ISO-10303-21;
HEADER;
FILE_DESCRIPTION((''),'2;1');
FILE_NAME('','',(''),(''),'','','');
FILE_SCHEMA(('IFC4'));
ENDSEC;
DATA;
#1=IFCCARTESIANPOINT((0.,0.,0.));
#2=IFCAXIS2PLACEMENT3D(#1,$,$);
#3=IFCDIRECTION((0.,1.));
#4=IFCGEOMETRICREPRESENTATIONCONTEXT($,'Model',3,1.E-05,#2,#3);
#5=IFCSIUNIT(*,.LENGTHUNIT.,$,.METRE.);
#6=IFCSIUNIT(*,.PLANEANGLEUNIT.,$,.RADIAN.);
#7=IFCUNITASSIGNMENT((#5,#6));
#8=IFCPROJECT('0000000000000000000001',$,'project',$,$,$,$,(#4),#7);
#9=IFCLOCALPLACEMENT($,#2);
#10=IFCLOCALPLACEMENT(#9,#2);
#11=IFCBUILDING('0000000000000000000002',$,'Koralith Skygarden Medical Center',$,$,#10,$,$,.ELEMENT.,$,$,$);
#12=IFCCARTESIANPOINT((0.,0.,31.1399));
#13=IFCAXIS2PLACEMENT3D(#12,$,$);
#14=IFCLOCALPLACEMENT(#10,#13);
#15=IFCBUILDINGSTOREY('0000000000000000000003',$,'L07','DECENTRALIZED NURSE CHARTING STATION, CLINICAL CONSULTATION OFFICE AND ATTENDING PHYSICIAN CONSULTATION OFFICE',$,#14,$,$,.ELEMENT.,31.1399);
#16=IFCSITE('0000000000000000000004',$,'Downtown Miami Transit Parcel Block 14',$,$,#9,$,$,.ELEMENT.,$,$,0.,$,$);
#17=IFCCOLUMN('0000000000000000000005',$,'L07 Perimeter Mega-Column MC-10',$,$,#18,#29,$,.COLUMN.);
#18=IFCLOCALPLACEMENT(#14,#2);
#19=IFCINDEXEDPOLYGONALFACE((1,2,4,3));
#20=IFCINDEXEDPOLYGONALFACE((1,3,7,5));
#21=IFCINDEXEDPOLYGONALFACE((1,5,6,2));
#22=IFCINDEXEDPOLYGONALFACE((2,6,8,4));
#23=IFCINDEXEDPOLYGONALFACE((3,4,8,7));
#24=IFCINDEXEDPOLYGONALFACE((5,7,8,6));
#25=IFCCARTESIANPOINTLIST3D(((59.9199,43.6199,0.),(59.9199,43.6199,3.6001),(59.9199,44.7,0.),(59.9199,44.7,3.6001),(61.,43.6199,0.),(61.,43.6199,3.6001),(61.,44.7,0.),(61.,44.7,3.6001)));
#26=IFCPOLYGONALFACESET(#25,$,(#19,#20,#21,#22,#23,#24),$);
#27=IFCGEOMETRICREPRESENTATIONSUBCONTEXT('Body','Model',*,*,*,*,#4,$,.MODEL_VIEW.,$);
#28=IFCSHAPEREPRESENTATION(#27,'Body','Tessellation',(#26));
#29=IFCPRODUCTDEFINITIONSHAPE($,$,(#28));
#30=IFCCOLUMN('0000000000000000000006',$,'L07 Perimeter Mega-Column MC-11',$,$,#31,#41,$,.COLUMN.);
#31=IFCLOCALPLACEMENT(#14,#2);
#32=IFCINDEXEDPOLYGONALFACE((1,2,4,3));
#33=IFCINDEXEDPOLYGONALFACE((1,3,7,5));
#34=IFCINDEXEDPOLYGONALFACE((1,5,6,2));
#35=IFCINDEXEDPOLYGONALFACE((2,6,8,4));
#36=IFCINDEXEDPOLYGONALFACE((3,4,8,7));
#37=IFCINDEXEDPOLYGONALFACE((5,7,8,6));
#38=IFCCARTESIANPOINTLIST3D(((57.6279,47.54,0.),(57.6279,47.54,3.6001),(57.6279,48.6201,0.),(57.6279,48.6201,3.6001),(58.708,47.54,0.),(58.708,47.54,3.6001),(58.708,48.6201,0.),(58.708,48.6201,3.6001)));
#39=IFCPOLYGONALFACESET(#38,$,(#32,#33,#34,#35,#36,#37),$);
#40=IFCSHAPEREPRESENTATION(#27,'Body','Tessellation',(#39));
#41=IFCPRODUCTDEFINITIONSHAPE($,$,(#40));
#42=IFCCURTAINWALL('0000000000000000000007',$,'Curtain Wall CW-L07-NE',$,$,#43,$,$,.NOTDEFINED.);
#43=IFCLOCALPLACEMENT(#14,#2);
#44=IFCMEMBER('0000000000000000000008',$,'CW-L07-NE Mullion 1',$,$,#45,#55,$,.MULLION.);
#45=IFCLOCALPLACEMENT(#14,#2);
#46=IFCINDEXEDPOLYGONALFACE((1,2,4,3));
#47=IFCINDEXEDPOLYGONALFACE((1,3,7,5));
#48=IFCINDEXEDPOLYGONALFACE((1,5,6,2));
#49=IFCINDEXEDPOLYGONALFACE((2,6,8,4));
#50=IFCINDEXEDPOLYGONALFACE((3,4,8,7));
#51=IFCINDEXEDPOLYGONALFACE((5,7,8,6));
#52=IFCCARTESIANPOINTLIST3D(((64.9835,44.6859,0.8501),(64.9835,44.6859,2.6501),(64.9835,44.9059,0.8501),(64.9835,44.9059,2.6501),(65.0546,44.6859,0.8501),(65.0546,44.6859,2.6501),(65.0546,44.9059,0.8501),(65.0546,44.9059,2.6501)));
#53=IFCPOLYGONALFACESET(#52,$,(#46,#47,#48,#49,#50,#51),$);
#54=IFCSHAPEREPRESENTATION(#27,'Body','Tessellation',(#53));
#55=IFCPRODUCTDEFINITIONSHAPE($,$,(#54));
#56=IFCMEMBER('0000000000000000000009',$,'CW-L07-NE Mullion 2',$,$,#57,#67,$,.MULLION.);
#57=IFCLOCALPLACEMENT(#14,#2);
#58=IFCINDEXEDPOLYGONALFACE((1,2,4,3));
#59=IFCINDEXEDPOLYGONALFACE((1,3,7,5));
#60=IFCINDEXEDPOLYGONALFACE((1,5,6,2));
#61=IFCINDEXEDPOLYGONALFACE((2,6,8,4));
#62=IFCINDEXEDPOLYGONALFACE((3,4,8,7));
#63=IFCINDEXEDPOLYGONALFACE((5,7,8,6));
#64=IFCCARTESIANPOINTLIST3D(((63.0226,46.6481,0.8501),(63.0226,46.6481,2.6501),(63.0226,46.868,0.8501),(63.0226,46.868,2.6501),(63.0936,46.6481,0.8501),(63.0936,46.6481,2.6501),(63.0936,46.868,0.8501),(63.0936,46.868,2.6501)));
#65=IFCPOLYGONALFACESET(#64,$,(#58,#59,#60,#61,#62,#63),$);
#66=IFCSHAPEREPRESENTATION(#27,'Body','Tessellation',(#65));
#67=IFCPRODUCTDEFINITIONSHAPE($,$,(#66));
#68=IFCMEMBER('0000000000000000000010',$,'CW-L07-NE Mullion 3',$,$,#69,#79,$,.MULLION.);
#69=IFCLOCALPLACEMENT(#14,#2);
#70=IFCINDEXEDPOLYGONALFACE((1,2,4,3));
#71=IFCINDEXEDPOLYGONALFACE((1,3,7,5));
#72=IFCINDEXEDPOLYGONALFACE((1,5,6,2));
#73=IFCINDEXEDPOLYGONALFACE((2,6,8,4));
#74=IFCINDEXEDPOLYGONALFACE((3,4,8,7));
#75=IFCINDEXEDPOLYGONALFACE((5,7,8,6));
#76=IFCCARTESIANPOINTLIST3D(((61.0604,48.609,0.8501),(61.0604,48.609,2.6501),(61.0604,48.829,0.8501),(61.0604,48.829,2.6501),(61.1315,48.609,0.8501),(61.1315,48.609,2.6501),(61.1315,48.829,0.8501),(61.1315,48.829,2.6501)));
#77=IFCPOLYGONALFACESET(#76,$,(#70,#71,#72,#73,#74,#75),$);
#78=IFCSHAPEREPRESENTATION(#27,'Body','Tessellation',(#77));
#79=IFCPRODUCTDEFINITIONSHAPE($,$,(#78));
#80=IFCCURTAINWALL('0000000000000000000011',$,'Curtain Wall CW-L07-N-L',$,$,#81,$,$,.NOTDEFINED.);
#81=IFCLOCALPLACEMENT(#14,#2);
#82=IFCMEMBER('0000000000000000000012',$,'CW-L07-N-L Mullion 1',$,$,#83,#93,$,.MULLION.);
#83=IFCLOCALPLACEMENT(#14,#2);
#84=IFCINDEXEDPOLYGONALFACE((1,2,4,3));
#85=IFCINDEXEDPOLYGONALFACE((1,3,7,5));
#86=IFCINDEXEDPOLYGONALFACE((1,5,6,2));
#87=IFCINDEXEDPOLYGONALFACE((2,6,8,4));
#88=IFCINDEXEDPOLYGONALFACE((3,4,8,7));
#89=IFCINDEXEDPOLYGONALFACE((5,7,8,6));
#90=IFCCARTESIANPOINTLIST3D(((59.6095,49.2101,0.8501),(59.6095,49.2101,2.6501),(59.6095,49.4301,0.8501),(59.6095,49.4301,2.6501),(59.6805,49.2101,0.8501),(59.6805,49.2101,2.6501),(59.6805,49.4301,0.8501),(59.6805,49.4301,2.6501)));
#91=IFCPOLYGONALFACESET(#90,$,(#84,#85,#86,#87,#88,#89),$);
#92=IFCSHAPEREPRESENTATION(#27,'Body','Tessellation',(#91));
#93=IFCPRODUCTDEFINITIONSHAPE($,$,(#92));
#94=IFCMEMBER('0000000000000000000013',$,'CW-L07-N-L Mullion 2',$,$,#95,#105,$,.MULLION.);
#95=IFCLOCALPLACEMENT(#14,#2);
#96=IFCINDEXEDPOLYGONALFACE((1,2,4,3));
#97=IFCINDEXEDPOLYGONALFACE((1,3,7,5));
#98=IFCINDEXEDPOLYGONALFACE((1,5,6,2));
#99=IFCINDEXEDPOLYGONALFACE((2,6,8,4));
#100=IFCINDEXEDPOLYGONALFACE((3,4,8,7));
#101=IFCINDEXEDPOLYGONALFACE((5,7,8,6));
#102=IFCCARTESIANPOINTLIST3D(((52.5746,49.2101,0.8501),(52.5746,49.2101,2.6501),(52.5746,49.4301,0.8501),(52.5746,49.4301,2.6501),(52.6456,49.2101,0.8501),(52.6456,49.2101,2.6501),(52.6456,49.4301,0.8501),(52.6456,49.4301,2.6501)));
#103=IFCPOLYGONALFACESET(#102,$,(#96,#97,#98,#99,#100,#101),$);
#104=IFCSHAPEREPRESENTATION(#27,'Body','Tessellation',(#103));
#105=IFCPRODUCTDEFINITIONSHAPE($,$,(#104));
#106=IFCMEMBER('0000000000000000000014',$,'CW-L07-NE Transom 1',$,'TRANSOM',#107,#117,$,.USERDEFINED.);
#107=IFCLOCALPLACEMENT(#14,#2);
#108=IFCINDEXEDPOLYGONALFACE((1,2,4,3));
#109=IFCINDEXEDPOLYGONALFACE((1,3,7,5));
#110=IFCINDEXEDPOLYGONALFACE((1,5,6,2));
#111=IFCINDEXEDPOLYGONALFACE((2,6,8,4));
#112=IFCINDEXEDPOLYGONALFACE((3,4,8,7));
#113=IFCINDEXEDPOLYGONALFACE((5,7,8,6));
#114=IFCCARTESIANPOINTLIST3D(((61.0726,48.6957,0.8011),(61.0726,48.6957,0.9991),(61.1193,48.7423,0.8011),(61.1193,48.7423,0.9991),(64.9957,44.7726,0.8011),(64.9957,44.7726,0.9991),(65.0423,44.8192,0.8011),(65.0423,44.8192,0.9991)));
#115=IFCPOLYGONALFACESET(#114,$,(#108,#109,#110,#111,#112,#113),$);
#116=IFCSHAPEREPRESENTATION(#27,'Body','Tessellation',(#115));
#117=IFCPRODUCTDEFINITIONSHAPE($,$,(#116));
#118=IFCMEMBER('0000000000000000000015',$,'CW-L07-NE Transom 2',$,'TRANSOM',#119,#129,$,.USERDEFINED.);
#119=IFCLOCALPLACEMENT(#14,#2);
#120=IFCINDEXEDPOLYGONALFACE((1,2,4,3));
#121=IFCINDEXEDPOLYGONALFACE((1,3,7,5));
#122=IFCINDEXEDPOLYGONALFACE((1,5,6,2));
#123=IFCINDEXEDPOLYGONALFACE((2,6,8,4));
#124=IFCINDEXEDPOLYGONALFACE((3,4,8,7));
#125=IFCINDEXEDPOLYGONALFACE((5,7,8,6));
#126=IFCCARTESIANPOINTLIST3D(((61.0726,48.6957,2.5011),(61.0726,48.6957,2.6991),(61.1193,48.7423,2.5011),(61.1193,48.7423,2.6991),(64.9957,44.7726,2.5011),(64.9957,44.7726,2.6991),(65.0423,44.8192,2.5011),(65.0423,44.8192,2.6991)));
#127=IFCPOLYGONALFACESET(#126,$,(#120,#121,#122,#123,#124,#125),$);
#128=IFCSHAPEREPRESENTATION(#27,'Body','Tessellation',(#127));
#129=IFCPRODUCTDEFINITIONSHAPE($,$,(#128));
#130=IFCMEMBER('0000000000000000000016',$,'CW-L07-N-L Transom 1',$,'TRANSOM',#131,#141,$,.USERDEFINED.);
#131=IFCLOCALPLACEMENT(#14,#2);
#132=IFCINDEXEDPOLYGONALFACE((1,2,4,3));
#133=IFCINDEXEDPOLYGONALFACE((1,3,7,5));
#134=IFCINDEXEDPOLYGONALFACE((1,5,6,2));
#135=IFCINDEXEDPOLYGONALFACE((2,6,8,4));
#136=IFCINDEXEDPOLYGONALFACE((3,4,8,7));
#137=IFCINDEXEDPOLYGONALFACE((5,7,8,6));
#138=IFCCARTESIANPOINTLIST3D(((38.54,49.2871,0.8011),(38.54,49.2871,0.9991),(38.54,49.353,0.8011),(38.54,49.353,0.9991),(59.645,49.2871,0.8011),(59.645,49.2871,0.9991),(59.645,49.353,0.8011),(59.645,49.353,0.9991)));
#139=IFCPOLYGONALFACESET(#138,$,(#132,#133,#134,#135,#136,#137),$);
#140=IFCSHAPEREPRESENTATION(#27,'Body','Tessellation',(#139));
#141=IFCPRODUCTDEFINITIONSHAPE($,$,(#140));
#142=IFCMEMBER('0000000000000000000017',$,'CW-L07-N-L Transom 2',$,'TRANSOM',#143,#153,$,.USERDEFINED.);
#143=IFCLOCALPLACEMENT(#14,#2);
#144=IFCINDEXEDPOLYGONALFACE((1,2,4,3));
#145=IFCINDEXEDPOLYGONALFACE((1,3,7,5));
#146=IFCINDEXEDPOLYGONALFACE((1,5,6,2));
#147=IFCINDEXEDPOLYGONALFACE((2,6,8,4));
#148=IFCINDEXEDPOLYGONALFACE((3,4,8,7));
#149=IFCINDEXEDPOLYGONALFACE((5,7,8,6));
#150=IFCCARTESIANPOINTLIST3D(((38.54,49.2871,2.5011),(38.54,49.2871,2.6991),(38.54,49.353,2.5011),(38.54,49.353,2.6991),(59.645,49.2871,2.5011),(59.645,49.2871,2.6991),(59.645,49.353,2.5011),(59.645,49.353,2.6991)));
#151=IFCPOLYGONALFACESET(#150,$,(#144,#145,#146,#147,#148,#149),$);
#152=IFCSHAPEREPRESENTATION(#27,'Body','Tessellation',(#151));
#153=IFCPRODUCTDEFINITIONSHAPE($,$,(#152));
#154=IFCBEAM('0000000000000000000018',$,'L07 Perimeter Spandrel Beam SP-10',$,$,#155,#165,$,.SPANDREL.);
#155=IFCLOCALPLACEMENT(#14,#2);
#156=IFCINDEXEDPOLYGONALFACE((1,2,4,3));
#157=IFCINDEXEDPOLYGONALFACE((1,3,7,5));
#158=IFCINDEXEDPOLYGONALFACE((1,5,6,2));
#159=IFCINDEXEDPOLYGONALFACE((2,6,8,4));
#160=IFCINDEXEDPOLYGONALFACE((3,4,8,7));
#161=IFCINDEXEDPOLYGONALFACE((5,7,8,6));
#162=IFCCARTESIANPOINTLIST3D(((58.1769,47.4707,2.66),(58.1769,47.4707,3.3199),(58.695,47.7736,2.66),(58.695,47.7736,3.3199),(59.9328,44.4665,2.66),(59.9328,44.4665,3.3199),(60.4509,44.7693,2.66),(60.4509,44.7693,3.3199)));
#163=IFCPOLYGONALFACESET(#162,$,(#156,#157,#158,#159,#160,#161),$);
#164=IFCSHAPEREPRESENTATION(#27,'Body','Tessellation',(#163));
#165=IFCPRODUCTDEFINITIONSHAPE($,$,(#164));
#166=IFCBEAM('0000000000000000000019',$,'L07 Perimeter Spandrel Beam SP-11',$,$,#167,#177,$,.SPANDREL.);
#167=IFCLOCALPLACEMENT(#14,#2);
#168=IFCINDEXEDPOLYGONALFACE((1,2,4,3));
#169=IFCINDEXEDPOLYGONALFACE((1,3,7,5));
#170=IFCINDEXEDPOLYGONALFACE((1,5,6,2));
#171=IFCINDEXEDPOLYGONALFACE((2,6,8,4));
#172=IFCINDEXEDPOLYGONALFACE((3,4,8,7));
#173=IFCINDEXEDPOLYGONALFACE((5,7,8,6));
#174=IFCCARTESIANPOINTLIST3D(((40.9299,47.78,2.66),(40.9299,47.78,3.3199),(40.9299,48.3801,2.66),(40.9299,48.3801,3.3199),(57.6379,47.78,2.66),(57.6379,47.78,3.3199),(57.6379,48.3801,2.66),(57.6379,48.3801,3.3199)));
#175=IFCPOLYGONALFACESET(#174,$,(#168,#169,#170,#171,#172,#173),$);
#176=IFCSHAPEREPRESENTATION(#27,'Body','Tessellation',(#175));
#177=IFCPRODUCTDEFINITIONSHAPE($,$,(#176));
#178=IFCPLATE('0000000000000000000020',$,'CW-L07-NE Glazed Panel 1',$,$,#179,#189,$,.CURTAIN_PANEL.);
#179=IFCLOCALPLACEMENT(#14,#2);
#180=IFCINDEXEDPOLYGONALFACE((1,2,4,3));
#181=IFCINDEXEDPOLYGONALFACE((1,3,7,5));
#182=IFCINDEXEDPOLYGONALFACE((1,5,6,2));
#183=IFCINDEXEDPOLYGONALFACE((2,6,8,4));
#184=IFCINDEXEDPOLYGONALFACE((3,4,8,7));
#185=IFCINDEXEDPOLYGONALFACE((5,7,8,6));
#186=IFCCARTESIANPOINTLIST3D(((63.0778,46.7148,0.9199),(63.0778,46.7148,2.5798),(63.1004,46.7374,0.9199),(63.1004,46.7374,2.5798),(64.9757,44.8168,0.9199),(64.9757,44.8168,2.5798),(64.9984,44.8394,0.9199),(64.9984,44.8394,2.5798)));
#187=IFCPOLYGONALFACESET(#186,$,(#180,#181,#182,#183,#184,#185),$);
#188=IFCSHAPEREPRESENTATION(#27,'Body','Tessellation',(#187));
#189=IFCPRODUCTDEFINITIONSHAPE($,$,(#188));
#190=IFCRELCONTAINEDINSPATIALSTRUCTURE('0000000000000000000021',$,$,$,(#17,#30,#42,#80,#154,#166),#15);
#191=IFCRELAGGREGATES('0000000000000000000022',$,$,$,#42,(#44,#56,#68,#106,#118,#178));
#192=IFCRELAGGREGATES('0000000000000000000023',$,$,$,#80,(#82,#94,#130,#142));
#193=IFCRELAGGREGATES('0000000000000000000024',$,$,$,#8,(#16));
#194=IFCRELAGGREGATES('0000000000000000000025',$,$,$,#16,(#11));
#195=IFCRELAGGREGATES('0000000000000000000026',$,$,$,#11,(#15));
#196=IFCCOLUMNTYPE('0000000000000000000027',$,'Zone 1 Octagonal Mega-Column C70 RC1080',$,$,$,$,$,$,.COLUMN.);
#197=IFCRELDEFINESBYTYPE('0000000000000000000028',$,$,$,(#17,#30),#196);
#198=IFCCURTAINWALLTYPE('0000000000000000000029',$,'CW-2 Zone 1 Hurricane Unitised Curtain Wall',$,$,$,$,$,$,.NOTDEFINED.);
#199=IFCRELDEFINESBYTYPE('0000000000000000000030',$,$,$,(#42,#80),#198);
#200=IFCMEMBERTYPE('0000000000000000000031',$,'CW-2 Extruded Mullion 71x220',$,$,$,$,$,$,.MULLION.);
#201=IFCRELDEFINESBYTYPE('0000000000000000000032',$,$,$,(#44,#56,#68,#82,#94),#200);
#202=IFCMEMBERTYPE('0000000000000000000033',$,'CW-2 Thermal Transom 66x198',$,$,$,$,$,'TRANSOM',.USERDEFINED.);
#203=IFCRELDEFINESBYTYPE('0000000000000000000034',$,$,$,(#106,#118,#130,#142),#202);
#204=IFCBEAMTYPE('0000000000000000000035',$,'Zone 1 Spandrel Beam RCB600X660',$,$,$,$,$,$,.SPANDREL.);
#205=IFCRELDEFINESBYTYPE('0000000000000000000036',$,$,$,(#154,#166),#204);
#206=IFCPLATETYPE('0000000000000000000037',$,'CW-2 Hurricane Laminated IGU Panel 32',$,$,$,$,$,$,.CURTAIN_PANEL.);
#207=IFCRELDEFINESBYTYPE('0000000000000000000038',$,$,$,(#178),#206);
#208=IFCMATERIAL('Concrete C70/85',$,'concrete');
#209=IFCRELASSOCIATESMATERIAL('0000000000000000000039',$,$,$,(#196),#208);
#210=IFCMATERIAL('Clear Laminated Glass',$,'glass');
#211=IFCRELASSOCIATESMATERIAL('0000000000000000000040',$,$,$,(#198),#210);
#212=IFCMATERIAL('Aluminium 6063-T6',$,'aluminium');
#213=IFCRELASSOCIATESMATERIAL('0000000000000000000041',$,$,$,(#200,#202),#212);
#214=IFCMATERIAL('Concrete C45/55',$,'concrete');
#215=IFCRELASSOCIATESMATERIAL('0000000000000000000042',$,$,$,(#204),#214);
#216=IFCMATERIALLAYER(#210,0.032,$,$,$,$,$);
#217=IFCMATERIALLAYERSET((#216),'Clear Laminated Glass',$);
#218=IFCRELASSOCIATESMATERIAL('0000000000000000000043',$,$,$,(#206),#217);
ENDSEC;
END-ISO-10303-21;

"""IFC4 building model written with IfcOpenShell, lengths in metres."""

from ifc_helpers import new_model, si_unit, direction, frame, origin, origin_2d, place, context, subcontext, project, spatial, rectangle, extrude, material, layer, layer_set, material_profile, profile_set, type_object, element, aggregate, save


model = new_model("IFC4")

# Units and contexts
model_context = context("Model", 3, precision=1e-05, world=origin(), true_north=direction((0.0, 1.0)))
body_context = subcontext(model_context, "Body", "Model", "MODEL_VIEW")
ifc_project = project(units=[si_unit("LENGTHUNIT", "METRE"), si_unit("PLANEANGLEUNIT", "RADIAN")], contexts=[model_context])

# Site, building, storey
site_placement = place(None, origin())
site = spatial("IfcSite", under=ifc_project, at=site_placement, Name="Downtown Miami Transit Parcel Block 14", CompositionType="ELEMENT", RefElevation=0.0)
building_placement = place(site_placement, origin())
building = spatial("IfcBuilding", under=site, at=building_placement, Name="Koralith Skygarden Medical Center", CompositionType="ELEMENT")
storey_placement = place(building_placement, frame((0.0, 0.0, 31.1399)))
storey = spatial("IfcBuildingStorey", under=building, at=storey_placement, Name="L07", Description="DECENTRALIZED NURSE CHARTING STATION, CLINICAL CONSULTATION OFFICE AND ATTENDING PHYSICIAN CONSULTATION OFFICE", CompositionType="ELEMENT", Elevation=31.1399)

# Columns
ifc_material_1 = material(Name="Concrete C70/85", Category="concrete")
ifc_material_profile_1 = material_profile(ifc_material_1, rectangle(XDim=1.0801, YDim=1.0801, at=origin_2d()), Name="RC1080X1080")
ifc_profile_set_1 = profile_set([ifc_material_profile_1], Name="Concrete C70/85")
column_type = type_object("IfcColumnType", Name="Zone 1 Octagonal Mega-Column C70 RC1080", PredefinedType="COLUMN", material=ifc_profile_set_1)
for number, where, z_axis, x_axis, name in (
    (1, (60.46, 44.1599, 0.0), (0.0, 0.0, 1.0), (1.0, 0.0, 0.0), "L07 Perimeter Mega-Column MC-10"),
    (2, (58.168, 48.0801, 0.0), (0.0, 0.0, 1.0), (1.0, 0.0, 0.0), "L07 Perimeter Mega-Column MC-11"),
):
    element("IfcColumn", number, at=place(storey_placement, frame(where, z_axis=z_axis, x_axis=x_axis)), inside=storey, type_object=column_type, Name=name, PredefinedType="COLUMN", context=body_context, shape_type="SweptSolid", body=[
        extrude(rectangle(XDim=1.0801, YDim=1.0801, at=origin_2d()), origin(), (0.0, 0.0, 1.0), 3.6001),
    ])

# Curtain walls, members
ifc_material_2 = material(Name="Clear Laminated Glass", Category="glass")
curtain_wall_type = type_object("IfcCurtainWallType", Name="CW-2 Zone 1 Hurricane Unitised Curtain Wall", PredefinedType="NOTDEFINED", material=ifc_material_2)
curtain_wall_1_placement = place(storey_placement, origin())
curtain_wall_1 = element("IfcCurtainWall", 3, at=curtain_wall_1_placement, inside=storey, type_object=curtain_wall_type, Name="Curtain Wall CW-L07-NE", PredefinedType="NOTDEFINED")
ifc_material_3 = material(Name="Aluminium 6063-T6", Category="aluminium")
ifc_material_profile_2 = material_profile(ifc_material_3, rectangle(XDim=0.071, YDim=0.22, at=origin_2d()), Name="MUL71X220")
ifc_profile_set_2 = profile_set([ifc_material_profile_2], Name="Aluminium 6063-T6")
member_type_1 = type_object("IfcMemberType", Name="CW-2 Extruded Mullion 71x220", PredefinedType="MULLION", material=ifc_profile_set_2)
member_1_placement = place(storey_placement, frame((65.019, 44.7959, 0.8501), z_axis=(0.0, 0.0, 1.0), x_axis=(1.0, 0.0, 0.0)))
member_1 = element("IfcMember", 4, at=member_1_placement, type_object=member_type_1, Name="CW-L07-NE Mullion 1", PredefinedType="MULLION", context=body_context, shape_type="SweptSolid", body=[
    extrude(rectangle(XDim=0.071, YDim=0.22, at=origin_2d()), origin(), (0.0, 0.0, 1.0), 1.8),
])
member_2_placement = place(storey_placement, frame((63.0581, 46.7581, 0.8501), z_axis=(0.0, 0.0, 1.0), x_axis=(1.0, 0.0, 0.0)))
member_2 = element("IfcMember", 5, at=member_2_placement, type_object=member_type_1, Name="CW-L07-NE Mullion 2", PredefinedType="MULLION", context=body_context, shape_type="SweptSolid", body=[
    extrude(rectangle(XDim=0.071, YDim=0.22, at=origin_2d()), origin(), (0.0, 0.0, 1.0), 1.8),
])
member_3_placement = place(storey_placement, frame((61.0959, 48.719, 0.8501), z_axis=(0.0, 0.0, 1.0), x_axis=(1.0, 0.0, 0.0)))
member_3 = element("IfcMember", 6, at=member_3_placement, type_object=member_type_1, Name="CW-L07-NE Mullion 3", PredefinedType="MULLION", context=body_context, shape_type="SweptSolid", body=[
    extrude(rectangle(XDim=0.071, YDim=0.22, at=origin_2d()), origin(), (0.0, 0.0, 1.0), 1.8),
])
curtain_wall_2_placement = place(storey_placement, origin())
curtain_wall_2 = element("IfcCurtainWall", 7, at=curtain_wall_2_placement, inside=storey, type_object=curtain_wall_type, Name="Curtain Wall CW-L07-N-L", PredefinedType="NOTDEFINED")
member_4_placement = place(storey_placement, frame((59.645, 49.3201, 0.8501), z_axis=(0.0, 0.0, 1.0), x_axis=(1.0, 0.0, 0.0)))
member_4 = element("IfcMember", 8, at=member_4_placement, type_object=member_type_1, Name="CW-L07-N-L Mullion 1", PredefinedType="MULLION", context=body_context, shape_type="SweptSolid", body=[
    extrude(rectangle(XDim=0.071, YDim=0.22, at=origin_2d()), origin(), (0.0, 0.0, 1.0), 1.8),
])
member_5_placement = place(storey_placement, frame((52.6101, 49.3201, 0.8501), z_axis=(0.0, 0.0, 1.0), x_axis=(1.0, 0.0, 0.0)))
member_5 = element("IfcMember", 9, at=member_5_placement, type_object=member_type_1, Name="CW-L07-N-L Mullion 2", PredefinedType="MULLION", context=body_context, shape_type="SweptSolid", body=[
    extrude(rectangle(XDim=0.071, YDim=0.22, at=origin_2d()), origin(), (0.0, 0.0, 1.0), 1.8),
])

# Members
ifc_material_profile_3 = material_profile(ifc_material_3, rectangle(XDim=0.0659, YDim=0.198, at=origin_2d()), Name="TRN66X198")
ifc_profile_set_3 = profile_set([ifc_material_profile_3], Name="Aluminium 6063-T6")
member_type_2 = type_object("IfcMemberType", Name="CW-2 Thermal Transom 66x198", ElementType="TRANSOM", PredefinedType="USERDEFINED", material=ifc_profile_set_3)
member_6_placement = place(storey_placement, frame((65.019, 44.7959, 0.9001), z_axis=(-0.707107, 0.707107, 0.0), x_axis=(-0.707107, -0.707107, 0.0)))
member_6 = element("IfcMember", 10, at=member_6_placement, type_object=member_type_2, Name="CW-L07-NE Transom 1", ObjectType="TRANSOM", PredefinedType="USERDEFINED", context=body_context, shape_type="SweptSolid", body=[
    extrude(rectangle(XDim=0.0659, YDim=0.198, at=origin_2d()), origin(), (0.0, 0.0, 1.0), 5.5481),
])
member_7_placement = place(storey_placement, frame((65.019, 44.7959, 2.6001), z_axis=(-0.707107, 0.707107, 0.0), x_axis=(-0.707107, -0.707107, 0.0)))
member_7 = element("IfcMember", 11, at=member_7_placement, type_object=member_type_2, Name="CW-L07-NE Transom 2", ObjectType="TRANSOM", PredefinedType="USERDEFINED", context=body_context, shape_type="SweptSolid", body=[
    extrude(rectangle(XDim=0.0659, YDim=0.198, at=origin_2d()), origin(), (0.0, 0.0, 1.0), 5.5481),
])
member_8_placement = place(storey_placement, frame((59.645, 49.3201, 0.9001), z_axis=(-1.0, 0.0, 0.0), x_axis=(0.0, -1.0, 0.0)))
member_8 = element("IfcMember", 12, at=member_8_placement, type_object=member_type_2, Name="CW-L07-N-L Transom 1", ObjectType="TRANSOM", PredefinedType="USERDEFINED", context=body_context, shape_type="SweptSolid", body=[
    extrude(rectangle(XDim=0.0659, YDim=0.198, at=origin_2d()), origin(), (0.0, 0.0, 1.0), 21.105),
])
member_9_placement = place(storey_placement, frame((59.645, 49.3201, 2.6001), z_axis=(-1.0, 0.0, 0.0), x_axis=(0.0, -1.0, 0.0)))
member_9 = element("IfcMember", 13, at=member_9_placement, type_object=member_type_2, Name="CW-L07-N-L Transom 2", ObjectType="TRANSOM", PredefinedType="USERDEFINED", context=body_context, shape_type="SweptSolid", body=[
    extrude(rectangle(XDim=0.0659, YDim=0.198, at=origin_2d()), origin(), (0.0, 0.0, 1.0), 21.105),
])

# Beams
ifc_material_4 = material(Name="Concrete C45/55", Category="concrete")
ifc_material_profile_4 = material_profile(ifc_material_4, rectangle(XDim=0.6001, YDim=0.6599, at=origin_2d()), Name="RCB600X660")
ifc_profile_set_4 = profile_set([ifc_material_profile_4], Name="Concrete C45/55")
beam_type = type_object("IfcBeamType", Name="Zone 1 Spandrel Beam RCB600X660", PredefinedType="SPANDREL", material=ifc_profile_set_4)
beam_1_placement = place(storey_placement, frame((60.1919, 44.6179, 2.99), z_axis=(-0.504608, 0.863349, 0.0), x_axis=(-0.863349, -0.504608, 0.0)))
element("IfcBeam", 14, at=beam_1_placement, inside=storey, type_object=beam_type, Name="L07 Perimeter Spandrel Beam SP-10", PredefinedType="SPANDREL", context=body_context, shape_type="SweptSolid", body=[
    extrude(rectangle(XDim=0.6001, YDim=0.6599, at=origin_2d()), origin(), (0.0, 0.0, 1.0), 3.4797),
])
beam_2_placement = place(storey_placement, frame((57.6379, 48.0801, 2.99), z_axis=(-1.0, 0.0, 0.0), x_axis=(0.0, -1.0, 0.0)))
element("IfcBeam", 15, at=beam_2_placement, inside=storey, type_object=beam_type, Name="L07 Perimeter Spandrel Beam SP-11", PredefinedType="SPANDREL", context=body_context, shape_type="SweptSolid", body=[
    extrude(rectangle(XDim=0.6001, YDim=0.6599, at=origin_2d()), origin(), (0.0, 0.0, 1.0), 16.708),
])

# Plate
ifc_layer_1 = layer(ifc_material_2, 0.032)
ifc_layer_set_1 = layer_set([ifc_layer_1], Name="Clear Laminated Glass")
plate_type_1 = type_object("IfcPlateType", Name="CW-2 Hurricane Laminated IGU Panel 32", PredefinedType="CURTAIN_PANEL", material=ifc_layer_set_1)
plate_1_placement = place(storey_placement, frame((64.0381, 45.7771, 0.9199), z_axis=(0.0, 0.0, 1.0), x_axis=(-0.707107, 0.707107, 0.0)))
plate_1 = element("IfcPlate", 16, at=plate_1_placement, type_object=plate_type_1, Name="CW-L07-NE Glazed Panel 1", PredefinedType="CURTAIN_PANEL", context=body_context, shape_type="SweptSolid", body=[
    extrude(rectangle(XDim=2.6841, YDim=0.032, at=origin_2d()), origin(), (0.0, 0.0, 1.0), 1.6599),
])
aggregate(curtain_wall_1, [member_1, member_2, member_3, member_6, member_7, plate_1])
aggregate(curtain_wall_2, [member_4, member_5, member_8, member_9])

save(model, "model.ifc")
